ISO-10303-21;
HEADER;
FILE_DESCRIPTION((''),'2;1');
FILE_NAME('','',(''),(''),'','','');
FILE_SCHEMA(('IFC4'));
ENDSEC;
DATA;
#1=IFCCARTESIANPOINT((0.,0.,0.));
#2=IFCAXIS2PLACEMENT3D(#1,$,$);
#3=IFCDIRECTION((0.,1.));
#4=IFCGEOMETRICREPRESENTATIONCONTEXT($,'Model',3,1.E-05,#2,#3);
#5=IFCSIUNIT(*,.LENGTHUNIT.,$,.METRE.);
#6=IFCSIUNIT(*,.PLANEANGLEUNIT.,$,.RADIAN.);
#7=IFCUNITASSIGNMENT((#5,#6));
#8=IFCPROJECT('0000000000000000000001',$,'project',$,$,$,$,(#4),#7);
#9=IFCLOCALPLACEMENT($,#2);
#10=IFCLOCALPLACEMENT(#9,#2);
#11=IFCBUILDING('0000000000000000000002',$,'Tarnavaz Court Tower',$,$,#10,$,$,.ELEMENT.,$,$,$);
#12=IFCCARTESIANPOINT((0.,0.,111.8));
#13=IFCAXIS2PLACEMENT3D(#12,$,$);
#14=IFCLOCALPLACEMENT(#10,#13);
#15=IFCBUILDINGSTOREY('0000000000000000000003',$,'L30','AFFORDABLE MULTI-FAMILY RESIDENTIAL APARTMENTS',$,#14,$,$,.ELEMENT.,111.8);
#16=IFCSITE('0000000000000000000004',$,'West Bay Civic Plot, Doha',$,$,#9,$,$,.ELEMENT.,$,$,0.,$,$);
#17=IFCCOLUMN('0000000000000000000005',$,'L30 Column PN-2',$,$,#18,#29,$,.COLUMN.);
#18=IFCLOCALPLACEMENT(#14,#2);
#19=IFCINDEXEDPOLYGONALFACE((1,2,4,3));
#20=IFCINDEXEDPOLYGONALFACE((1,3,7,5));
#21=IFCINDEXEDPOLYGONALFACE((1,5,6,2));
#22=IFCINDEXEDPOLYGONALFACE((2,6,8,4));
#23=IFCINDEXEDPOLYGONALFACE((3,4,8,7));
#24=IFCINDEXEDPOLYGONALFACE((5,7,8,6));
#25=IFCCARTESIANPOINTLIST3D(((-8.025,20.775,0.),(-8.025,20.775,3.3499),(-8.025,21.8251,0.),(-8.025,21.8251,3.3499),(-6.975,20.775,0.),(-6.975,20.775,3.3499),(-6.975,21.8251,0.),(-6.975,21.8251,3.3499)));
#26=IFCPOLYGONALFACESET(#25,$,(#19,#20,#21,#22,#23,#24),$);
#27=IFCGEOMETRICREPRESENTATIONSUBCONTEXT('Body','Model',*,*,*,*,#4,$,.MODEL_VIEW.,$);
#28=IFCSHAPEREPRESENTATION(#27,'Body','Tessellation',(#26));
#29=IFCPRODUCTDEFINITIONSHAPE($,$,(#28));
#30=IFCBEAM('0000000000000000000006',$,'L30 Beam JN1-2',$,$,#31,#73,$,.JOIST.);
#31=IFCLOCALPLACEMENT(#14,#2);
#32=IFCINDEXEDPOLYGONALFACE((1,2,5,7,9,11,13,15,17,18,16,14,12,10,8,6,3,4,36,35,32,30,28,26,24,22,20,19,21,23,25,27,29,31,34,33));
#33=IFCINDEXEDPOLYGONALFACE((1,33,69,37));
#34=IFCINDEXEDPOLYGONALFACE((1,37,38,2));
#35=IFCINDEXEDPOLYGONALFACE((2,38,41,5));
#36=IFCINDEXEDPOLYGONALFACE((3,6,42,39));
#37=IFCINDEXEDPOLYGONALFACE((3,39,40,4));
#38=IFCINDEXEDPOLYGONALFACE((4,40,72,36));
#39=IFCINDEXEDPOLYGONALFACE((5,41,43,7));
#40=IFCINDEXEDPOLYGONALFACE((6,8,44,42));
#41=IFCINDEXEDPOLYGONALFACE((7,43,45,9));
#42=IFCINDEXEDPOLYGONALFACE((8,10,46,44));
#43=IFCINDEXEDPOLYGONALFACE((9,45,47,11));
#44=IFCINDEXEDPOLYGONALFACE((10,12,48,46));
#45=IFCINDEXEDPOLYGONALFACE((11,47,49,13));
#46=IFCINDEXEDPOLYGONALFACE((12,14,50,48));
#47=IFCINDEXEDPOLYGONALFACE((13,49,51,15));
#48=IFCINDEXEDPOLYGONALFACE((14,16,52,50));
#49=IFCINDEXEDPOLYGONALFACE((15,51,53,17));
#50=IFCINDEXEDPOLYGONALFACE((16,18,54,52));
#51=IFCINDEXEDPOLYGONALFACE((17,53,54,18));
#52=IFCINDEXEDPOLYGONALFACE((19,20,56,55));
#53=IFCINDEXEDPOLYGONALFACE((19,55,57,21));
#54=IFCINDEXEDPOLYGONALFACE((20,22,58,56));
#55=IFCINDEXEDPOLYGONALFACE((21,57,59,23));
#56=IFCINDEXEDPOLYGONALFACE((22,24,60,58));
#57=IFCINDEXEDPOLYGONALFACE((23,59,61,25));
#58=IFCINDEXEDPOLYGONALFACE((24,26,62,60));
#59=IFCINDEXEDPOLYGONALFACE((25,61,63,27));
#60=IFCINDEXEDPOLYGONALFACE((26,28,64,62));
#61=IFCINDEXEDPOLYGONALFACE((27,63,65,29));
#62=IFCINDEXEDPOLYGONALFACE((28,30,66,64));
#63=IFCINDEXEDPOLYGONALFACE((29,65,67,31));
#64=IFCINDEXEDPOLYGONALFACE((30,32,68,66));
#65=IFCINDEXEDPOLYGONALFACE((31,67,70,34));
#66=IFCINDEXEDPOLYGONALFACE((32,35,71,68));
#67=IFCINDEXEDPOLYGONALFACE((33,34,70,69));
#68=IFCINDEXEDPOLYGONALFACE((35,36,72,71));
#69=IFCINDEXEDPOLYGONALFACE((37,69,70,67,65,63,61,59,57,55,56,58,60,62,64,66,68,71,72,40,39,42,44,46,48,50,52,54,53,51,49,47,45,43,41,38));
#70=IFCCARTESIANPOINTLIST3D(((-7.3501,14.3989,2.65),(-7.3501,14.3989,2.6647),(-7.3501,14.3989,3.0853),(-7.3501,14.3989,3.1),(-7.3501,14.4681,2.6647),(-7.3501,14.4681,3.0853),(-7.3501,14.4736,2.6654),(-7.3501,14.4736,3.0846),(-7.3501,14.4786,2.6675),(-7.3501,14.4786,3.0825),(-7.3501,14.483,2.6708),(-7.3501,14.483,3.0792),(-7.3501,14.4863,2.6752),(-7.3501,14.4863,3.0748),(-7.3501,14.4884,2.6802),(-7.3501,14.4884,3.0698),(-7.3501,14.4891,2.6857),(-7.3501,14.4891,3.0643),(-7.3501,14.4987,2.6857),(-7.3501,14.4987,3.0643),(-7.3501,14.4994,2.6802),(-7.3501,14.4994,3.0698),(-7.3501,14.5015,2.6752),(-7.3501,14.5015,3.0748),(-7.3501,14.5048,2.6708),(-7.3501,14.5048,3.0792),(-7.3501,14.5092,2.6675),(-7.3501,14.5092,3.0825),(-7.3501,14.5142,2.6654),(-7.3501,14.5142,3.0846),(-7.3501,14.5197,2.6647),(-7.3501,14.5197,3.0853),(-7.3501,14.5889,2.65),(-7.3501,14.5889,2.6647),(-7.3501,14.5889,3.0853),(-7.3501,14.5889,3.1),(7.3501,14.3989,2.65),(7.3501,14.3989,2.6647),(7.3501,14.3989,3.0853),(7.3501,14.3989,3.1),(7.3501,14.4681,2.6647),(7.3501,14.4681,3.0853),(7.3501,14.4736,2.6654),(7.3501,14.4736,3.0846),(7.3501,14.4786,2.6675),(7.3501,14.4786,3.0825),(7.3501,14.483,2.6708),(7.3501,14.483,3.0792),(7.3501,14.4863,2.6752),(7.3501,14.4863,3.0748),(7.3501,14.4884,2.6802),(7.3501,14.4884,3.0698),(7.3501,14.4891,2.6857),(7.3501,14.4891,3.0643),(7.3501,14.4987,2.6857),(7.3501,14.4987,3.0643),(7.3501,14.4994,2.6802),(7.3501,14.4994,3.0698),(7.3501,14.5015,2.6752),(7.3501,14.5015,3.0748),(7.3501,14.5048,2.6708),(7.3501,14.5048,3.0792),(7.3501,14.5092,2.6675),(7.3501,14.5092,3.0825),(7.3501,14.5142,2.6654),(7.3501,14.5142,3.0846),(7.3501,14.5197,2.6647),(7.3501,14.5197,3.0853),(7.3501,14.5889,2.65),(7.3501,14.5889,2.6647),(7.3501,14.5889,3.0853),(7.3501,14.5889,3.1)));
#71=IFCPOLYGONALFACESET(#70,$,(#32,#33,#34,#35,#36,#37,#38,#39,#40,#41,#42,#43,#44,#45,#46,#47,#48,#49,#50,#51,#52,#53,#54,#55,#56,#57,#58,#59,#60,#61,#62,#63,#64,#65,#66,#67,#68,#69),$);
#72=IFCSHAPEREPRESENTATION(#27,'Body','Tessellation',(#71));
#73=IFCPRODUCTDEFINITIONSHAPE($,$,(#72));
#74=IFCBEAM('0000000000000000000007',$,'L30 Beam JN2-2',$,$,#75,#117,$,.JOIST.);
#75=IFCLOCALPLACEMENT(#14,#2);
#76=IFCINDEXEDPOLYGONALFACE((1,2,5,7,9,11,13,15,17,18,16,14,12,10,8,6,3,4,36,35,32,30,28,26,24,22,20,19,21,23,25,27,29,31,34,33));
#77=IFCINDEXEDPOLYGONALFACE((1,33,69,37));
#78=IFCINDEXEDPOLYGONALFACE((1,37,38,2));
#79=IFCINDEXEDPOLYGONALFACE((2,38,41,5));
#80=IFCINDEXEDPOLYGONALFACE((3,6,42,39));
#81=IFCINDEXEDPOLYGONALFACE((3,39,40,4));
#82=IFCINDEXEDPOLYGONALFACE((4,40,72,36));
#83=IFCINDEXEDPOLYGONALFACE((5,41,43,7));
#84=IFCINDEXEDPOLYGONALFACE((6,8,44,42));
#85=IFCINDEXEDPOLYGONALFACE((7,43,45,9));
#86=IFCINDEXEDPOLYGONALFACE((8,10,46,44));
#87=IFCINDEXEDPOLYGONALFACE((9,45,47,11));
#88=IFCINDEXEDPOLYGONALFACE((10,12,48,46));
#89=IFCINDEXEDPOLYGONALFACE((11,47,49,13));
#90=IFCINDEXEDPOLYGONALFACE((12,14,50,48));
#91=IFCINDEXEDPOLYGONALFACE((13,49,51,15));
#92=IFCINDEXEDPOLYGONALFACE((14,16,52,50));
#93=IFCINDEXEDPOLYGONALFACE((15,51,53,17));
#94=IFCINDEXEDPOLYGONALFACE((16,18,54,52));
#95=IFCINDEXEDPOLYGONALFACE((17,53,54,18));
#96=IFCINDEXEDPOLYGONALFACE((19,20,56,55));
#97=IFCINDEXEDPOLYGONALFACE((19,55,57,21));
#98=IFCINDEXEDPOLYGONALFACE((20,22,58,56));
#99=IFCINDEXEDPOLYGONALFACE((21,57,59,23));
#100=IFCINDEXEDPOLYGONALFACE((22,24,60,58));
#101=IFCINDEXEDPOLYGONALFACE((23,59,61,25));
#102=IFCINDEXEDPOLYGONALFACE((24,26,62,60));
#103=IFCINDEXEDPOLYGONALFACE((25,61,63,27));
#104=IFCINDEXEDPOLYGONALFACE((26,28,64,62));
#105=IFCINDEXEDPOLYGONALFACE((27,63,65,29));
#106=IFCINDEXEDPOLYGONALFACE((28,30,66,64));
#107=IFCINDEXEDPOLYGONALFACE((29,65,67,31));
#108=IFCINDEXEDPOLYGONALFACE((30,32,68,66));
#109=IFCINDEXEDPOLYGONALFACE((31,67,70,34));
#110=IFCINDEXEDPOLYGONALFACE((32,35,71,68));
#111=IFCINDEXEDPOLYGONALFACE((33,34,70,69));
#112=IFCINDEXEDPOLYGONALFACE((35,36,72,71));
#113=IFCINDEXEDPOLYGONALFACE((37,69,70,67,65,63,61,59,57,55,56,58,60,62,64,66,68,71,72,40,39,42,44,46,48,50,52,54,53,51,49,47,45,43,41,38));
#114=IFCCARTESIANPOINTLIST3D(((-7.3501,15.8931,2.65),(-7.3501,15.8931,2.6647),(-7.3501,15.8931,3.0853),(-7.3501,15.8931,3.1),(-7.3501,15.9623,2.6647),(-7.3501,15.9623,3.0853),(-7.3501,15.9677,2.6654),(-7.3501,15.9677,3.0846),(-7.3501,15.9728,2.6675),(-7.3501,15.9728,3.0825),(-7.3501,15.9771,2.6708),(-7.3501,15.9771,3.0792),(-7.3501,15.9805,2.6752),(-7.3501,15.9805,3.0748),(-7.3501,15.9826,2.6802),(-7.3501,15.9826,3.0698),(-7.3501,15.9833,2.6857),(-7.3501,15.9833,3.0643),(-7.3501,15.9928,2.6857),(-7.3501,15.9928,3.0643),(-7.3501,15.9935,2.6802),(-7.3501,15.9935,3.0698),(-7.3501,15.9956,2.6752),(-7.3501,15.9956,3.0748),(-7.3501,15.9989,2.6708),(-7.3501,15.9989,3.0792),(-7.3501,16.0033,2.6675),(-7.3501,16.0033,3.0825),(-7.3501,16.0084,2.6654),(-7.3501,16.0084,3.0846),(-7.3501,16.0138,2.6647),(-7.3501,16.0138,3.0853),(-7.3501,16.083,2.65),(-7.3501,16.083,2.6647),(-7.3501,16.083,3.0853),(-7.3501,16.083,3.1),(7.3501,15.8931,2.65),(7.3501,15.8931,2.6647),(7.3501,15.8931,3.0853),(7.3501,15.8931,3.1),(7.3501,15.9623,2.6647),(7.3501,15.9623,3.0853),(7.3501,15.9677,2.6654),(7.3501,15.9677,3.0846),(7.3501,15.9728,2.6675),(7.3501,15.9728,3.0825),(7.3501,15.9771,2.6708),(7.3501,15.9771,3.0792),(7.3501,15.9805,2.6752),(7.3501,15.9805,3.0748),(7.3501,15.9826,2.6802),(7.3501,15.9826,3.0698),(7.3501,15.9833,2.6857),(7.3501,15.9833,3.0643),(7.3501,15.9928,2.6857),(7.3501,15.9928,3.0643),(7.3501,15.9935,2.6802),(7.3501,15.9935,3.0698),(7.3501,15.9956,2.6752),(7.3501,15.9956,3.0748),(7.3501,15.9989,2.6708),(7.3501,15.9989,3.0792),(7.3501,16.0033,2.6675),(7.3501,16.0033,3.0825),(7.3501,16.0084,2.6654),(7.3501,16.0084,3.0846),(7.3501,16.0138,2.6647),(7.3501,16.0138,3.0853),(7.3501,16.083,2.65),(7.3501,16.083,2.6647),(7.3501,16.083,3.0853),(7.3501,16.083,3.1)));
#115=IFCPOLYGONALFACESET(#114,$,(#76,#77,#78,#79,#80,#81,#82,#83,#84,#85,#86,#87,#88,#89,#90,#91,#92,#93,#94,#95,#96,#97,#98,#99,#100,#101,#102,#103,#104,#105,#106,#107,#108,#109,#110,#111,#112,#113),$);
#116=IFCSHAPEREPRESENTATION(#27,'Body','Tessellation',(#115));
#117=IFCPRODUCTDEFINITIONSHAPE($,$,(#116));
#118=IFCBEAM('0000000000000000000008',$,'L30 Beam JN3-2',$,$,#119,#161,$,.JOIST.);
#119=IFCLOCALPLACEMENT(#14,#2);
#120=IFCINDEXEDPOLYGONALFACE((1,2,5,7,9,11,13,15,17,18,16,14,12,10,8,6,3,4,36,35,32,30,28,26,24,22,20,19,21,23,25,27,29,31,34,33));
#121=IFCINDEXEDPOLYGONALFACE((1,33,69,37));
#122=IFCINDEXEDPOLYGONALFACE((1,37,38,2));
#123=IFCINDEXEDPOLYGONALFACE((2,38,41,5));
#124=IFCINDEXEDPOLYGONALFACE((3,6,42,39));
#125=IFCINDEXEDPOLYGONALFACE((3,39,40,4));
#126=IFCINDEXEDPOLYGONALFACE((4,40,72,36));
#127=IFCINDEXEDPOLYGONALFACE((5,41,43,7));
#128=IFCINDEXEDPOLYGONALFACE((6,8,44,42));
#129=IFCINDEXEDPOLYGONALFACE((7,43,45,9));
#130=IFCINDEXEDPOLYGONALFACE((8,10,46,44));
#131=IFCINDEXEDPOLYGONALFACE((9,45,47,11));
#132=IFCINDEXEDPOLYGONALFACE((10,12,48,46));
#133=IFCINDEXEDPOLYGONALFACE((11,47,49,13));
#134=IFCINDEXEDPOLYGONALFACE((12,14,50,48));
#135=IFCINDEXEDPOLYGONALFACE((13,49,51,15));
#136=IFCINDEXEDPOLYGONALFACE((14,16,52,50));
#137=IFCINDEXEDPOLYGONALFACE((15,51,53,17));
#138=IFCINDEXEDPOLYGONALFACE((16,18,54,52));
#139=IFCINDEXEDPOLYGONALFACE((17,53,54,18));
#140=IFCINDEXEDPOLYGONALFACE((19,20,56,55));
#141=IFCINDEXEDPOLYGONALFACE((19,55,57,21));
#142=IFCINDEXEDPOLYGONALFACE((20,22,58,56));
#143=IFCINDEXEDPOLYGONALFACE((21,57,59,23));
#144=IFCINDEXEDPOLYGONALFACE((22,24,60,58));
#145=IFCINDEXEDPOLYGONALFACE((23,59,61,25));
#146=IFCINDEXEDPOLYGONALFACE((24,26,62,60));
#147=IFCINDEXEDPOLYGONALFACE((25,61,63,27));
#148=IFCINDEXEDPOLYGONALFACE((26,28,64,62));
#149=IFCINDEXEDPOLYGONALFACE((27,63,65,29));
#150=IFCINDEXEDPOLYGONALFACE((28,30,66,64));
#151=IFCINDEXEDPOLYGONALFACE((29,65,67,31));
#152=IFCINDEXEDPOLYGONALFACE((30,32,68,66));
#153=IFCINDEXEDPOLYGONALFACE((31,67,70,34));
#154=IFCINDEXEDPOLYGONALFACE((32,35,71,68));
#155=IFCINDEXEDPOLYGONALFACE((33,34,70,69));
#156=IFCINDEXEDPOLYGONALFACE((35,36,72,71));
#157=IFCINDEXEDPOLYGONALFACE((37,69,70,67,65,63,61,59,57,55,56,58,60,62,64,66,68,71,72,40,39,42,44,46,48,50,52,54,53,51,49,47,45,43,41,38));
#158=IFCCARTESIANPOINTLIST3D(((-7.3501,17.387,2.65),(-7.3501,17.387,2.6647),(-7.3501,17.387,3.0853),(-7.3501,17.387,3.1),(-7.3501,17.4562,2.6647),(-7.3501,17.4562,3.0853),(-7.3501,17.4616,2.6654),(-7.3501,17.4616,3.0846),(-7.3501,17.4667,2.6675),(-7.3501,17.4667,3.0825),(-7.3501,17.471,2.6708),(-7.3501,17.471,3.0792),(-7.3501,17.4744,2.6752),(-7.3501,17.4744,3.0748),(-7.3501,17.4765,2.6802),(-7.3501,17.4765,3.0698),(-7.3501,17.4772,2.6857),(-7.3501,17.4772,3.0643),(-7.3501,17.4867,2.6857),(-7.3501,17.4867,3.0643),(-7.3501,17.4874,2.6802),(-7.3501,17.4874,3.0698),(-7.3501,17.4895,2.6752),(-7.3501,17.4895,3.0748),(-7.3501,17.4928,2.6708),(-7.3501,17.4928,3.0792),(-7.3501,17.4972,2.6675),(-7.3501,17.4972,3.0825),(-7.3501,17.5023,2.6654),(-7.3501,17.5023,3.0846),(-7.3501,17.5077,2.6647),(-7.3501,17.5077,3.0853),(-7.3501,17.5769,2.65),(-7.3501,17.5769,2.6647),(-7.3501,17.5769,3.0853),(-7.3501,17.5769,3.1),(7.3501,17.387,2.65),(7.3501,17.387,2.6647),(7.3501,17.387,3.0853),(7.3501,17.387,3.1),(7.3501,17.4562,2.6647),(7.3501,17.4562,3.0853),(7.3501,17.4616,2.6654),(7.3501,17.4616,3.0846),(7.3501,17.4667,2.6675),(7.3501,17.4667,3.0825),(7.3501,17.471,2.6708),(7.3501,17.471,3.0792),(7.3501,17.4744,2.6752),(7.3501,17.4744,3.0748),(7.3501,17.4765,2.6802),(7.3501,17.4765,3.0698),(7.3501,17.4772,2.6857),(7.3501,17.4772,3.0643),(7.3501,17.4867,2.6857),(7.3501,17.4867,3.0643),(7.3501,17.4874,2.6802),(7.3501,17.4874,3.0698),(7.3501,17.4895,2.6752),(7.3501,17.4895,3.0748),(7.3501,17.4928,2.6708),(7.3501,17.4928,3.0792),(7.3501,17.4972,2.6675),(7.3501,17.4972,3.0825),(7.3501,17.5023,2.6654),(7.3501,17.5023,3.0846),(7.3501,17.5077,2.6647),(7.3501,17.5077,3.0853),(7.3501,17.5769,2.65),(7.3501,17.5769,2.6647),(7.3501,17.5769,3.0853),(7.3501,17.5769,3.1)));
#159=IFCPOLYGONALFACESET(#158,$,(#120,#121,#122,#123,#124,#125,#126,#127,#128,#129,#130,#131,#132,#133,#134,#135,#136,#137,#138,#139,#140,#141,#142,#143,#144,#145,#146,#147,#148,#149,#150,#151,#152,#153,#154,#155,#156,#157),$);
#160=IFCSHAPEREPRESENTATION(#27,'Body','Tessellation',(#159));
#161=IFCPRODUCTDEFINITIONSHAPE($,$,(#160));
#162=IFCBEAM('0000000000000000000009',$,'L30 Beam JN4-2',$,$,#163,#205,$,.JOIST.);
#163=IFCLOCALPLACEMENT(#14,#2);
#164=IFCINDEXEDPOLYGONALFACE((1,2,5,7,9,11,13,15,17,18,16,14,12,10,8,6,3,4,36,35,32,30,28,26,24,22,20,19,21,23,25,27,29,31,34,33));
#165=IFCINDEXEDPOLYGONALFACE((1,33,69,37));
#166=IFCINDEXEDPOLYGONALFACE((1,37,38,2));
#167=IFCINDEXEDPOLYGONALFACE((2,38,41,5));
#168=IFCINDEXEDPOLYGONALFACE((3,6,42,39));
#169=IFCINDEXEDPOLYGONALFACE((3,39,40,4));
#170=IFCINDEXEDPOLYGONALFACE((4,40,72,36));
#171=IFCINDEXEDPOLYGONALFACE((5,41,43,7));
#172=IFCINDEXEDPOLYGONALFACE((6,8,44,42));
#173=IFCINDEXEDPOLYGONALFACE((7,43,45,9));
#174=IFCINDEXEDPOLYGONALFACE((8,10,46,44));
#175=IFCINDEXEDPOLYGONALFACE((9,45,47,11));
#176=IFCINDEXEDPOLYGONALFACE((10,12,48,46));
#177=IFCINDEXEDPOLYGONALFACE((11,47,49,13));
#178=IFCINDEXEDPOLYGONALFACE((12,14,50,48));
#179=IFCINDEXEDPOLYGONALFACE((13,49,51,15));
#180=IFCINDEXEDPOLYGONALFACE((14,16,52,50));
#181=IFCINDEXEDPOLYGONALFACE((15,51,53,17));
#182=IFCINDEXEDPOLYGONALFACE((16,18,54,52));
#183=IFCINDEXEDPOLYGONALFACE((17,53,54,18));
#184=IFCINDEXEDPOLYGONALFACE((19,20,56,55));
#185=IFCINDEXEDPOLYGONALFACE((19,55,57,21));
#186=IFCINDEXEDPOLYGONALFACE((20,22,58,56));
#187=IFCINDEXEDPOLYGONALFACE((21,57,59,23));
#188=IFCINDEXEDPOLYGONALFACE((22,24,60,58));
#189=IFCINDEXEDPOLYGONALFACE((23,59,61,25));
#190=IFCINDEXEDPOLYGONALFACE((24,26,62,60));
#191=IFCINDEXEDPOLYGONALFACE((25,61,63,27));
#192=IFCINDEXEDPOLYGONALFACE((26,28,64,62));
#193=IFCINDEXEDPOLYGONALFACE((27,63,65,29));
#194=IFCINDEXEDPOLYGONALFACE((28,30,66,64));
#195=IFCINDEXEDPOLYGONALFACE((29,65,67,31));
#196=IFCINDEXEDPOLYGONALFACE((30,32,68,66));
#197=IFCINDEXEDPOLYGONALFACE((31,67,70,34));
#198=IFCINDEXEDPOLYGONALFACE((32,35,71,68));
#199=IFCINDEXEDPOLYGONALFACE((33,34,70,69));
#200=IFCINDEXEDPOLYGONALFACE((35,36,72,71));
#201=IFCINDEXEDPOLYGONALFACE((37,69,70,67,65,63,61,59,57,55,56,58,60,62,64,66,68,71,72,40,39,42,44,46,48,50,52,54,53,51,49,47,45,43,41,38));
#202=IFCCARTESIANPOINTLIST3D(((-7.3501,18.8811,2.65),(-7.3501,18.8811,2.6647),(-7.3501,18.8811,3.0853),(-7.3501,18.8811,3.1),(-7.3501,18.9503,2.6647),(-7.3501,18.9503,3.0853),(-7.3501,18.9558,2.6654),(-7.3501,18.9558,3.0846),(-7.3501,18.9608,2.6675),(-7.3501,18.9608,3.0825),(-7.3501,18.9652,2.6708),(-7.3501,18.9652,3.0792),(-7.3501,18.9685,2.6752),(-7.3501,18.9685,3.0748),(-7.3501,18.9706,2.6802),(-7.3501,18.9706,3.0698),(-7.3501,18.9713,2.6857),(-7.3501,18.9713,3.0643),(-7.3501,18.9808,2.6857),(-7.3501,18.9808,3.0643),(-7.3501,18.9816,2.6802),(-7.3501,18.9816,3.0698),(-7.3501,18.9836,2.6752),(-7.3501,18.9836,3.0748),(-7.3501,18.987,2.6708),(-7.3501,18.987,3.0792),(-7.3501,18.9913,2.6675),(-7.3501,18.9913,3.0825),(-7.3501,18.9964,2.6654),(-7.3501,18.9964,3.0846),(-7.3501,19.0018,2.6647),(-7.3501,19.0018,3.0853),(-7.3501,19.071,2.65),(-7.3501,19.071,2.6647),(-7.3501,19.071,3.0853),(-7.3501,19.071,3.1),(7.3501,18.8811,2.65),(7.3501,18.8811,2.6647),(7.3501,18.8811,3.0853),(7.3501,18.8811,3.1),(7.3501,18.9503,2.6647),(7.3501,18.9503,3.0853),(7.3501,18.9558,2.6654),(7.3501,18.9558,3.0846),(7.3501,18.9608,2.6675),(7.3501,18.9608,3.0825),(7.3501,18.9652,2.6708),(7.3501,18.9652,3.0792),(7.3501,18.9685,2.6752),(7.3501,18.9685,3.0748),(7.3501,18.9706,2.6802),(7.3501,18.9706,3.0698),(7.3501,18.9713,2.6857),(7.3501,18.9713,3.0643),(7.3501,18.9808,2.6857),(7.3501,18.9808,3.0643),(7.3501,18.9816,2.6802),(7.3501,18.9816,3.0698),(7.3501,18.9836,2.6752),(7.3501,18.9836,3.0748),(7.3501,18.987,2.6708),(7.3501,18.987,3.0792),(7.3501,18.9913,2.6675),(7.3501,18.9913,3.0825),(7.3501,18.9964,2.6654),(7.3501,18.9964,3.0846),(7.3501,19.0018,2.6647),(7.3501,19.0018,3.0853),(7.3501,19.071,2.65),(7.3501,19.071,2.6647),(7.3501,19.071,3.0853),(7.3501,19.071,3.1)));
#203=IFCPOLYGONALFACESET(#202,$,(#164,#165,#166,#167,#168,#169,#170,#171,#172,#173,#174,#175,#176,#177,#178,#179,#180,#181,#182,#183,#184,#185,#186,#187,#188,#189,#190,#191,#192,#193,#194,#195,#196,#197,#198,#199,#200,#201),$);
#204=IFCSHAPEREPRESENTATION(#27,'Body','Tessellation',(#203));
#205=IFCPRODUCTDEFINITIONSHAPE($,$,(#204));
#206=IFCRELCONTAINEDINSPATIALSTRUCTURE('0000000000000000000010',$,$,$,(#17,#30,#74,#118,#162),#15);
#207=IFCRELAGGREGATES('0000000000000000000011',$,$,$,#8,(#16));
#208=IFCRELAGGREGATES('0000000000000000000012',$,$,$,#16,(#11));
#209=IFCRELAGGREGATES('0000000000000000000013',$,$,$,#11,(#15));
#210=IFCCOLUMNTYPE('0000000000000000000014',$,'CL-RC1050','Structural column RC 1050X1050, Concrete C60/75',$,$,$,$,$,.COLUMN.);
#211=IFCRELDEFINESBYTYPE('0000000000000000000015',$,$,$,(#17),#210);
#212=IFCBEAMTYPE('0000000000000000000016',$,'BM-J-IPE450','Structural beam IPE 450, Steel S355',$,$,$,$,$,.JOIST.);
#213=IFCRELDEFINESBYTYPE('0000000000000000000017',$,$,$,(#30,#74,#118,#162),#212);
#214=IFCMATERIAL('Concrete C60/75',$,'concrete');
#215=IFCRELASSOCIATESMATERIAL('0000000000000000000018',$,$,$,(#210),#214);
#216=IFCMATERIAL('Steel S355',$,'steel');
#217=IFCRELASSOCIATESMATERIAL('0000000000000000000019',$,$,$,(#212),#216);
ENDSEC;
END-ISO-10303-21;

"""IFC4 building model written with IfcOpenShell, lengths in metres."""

from ifc_helpers import new_model, si_unit, direction, frame, origin, origin_2d, place, context, subcontext, project, spatial, rectangle, i_section, extrude, material, material_profile, profile_set, type_object, element, save


model = new_model("IFC4")

# Units and contexts
model_context = context("Model", 3, precision=1e-05, world=origin(), true_north=direction((0.0, 1.0)))
body_context = subcontext(model_context, "Body", "Model", "MODEL_VIEW")
ifc_project = project(units=[si_unit("LENGTHUNIT", "METRE"), si_unit("PLANEANGLEUNIT", "RADIAN")], contexts=[model_context])

# Site, building, storey
site_placement = place(None, origin())
site = spatial("IfcSite", under=ifc_project, at=site_placement, Name="West Bay Civic Plot, Doha", CompositionType="ELEMENT", RefElevation=0.0)
building_placement = place(site_placement, origin())
building = spatial("IfcBuilding", under=site, at=building_placement, Name="Tarnavaz Court Tower", CompositionType="ELEMENT")
storey_placement = place(building_placement, frame((0.0, 0.0, 111.8)))
storey = spatial("IfcBuildingStorey", under=building, at=storey_placement, Name="L30", Description="AFFORDABLE MULTI-FAMILY RESIDENTIAL APARTMENTS", CompositionType="ELEMENT", Elevation=111.8)

# Column
ifc_material_1 = material(Name="Concrete C60/75", Category="concrete")
ifc_material_profile_1 = material_profile(ifc_material_1, rectangle(XDim=1.05, YDim=1.05, at=origin_2d()), Name="RC 1050X1050")
ifc_profile_set_1 = profile_set([ifc_material_profile_1], Name="Concrete C60/75")
column_type = type_object("IfcColumnType", Name="CL-RC1050", Description="Structural column RC 1050X1050, Concrete C60/75", PredefinedType="COLUMN", material=ifc_profile_set_1)
column_placement = place(storey_placement, frame((-7.5, 21.3, 0.0), z_axis=(0.0, 0.0, 1.0), x_axis=(1.0, 0.0, 0.0)))
element("IfcColumn", 1, at=column_placement, inside=storey, type_object=column_type, Name="L30 Column PN-2", PredefinedType="COLUMN", context=body_context, shape_type="SweptSolid", body=[
    extrude(rectangle(XDim=1.05, YDim=1.05, at=origin_2d()), origin(), (0.0, 0.0, 1.0), 3.3499),
])

# Beams
ifc_material_2 = material(Name="Steel S355", Category="steel")
ifc_material_profile_2 = material_profile(ifc_material_2, i_section(OverallWidth=0.1899, OverallDepth=0.45, WebThickness=0.0095, FlangeThickness=0.0146, FilletRadius=0.021, at=origin_2d()), Name="IPE 450")
ifc_profile_set_2 = profile_set([ifc_material_profile_2], Name="Steel S355")
beam_type_1 = type_object("IfcBeamType", Name="BM-J-IPE450", Description="Structural beam IPE 450, Steel S355", PredefinedType="JOIST", material=ifc_profile_set_2)
for number, where, z_axis, x_axis, name in (
    (2, (-7.3501, 14.4939, 2.875), (1.0, 0.0, 0.0), (0.0, 1.0, 0.0), "L30 Beam JN1-2"),
    (3, (-7.3501, 15.988, 2.875), (1.0, 0.0, 0.0), (0.0, 1.0, 0.0), "L30 Beam JN2-2"),
    (4, (-7.3501, 17.4819, 2.875), (1.0, 0.0, 0.0), (0.0, 1.0, 0.0), "L30 Beam JN3-2"),
    (5, (-7.3501, 18.9761, 2.875), (1.0, 0.0, 0.0), (0.0, 1.0, 0.0), "L30 Beam JN4-2"),
):
    element("IfcBeam", number, at=place(storey_placement, frame(where, z_axis=z_axis, x_axis=x_axis)), inside=storey, type_object=beam_type_1, Name=name, PredefinedType="JOIST", context=body_context, shape_type="SweptSolid", body=[
        extrude(i_section(OverallWidth=0.1899, OverallDepth=0.45, WebThickness=0.0095, FlangeThickness=0.0146, FilletRadius=0.021, at=origin_2d()), origin(), (0.0, 0.0, 1.0), 14.7002),
    ])

save(model, "model.ifc")
